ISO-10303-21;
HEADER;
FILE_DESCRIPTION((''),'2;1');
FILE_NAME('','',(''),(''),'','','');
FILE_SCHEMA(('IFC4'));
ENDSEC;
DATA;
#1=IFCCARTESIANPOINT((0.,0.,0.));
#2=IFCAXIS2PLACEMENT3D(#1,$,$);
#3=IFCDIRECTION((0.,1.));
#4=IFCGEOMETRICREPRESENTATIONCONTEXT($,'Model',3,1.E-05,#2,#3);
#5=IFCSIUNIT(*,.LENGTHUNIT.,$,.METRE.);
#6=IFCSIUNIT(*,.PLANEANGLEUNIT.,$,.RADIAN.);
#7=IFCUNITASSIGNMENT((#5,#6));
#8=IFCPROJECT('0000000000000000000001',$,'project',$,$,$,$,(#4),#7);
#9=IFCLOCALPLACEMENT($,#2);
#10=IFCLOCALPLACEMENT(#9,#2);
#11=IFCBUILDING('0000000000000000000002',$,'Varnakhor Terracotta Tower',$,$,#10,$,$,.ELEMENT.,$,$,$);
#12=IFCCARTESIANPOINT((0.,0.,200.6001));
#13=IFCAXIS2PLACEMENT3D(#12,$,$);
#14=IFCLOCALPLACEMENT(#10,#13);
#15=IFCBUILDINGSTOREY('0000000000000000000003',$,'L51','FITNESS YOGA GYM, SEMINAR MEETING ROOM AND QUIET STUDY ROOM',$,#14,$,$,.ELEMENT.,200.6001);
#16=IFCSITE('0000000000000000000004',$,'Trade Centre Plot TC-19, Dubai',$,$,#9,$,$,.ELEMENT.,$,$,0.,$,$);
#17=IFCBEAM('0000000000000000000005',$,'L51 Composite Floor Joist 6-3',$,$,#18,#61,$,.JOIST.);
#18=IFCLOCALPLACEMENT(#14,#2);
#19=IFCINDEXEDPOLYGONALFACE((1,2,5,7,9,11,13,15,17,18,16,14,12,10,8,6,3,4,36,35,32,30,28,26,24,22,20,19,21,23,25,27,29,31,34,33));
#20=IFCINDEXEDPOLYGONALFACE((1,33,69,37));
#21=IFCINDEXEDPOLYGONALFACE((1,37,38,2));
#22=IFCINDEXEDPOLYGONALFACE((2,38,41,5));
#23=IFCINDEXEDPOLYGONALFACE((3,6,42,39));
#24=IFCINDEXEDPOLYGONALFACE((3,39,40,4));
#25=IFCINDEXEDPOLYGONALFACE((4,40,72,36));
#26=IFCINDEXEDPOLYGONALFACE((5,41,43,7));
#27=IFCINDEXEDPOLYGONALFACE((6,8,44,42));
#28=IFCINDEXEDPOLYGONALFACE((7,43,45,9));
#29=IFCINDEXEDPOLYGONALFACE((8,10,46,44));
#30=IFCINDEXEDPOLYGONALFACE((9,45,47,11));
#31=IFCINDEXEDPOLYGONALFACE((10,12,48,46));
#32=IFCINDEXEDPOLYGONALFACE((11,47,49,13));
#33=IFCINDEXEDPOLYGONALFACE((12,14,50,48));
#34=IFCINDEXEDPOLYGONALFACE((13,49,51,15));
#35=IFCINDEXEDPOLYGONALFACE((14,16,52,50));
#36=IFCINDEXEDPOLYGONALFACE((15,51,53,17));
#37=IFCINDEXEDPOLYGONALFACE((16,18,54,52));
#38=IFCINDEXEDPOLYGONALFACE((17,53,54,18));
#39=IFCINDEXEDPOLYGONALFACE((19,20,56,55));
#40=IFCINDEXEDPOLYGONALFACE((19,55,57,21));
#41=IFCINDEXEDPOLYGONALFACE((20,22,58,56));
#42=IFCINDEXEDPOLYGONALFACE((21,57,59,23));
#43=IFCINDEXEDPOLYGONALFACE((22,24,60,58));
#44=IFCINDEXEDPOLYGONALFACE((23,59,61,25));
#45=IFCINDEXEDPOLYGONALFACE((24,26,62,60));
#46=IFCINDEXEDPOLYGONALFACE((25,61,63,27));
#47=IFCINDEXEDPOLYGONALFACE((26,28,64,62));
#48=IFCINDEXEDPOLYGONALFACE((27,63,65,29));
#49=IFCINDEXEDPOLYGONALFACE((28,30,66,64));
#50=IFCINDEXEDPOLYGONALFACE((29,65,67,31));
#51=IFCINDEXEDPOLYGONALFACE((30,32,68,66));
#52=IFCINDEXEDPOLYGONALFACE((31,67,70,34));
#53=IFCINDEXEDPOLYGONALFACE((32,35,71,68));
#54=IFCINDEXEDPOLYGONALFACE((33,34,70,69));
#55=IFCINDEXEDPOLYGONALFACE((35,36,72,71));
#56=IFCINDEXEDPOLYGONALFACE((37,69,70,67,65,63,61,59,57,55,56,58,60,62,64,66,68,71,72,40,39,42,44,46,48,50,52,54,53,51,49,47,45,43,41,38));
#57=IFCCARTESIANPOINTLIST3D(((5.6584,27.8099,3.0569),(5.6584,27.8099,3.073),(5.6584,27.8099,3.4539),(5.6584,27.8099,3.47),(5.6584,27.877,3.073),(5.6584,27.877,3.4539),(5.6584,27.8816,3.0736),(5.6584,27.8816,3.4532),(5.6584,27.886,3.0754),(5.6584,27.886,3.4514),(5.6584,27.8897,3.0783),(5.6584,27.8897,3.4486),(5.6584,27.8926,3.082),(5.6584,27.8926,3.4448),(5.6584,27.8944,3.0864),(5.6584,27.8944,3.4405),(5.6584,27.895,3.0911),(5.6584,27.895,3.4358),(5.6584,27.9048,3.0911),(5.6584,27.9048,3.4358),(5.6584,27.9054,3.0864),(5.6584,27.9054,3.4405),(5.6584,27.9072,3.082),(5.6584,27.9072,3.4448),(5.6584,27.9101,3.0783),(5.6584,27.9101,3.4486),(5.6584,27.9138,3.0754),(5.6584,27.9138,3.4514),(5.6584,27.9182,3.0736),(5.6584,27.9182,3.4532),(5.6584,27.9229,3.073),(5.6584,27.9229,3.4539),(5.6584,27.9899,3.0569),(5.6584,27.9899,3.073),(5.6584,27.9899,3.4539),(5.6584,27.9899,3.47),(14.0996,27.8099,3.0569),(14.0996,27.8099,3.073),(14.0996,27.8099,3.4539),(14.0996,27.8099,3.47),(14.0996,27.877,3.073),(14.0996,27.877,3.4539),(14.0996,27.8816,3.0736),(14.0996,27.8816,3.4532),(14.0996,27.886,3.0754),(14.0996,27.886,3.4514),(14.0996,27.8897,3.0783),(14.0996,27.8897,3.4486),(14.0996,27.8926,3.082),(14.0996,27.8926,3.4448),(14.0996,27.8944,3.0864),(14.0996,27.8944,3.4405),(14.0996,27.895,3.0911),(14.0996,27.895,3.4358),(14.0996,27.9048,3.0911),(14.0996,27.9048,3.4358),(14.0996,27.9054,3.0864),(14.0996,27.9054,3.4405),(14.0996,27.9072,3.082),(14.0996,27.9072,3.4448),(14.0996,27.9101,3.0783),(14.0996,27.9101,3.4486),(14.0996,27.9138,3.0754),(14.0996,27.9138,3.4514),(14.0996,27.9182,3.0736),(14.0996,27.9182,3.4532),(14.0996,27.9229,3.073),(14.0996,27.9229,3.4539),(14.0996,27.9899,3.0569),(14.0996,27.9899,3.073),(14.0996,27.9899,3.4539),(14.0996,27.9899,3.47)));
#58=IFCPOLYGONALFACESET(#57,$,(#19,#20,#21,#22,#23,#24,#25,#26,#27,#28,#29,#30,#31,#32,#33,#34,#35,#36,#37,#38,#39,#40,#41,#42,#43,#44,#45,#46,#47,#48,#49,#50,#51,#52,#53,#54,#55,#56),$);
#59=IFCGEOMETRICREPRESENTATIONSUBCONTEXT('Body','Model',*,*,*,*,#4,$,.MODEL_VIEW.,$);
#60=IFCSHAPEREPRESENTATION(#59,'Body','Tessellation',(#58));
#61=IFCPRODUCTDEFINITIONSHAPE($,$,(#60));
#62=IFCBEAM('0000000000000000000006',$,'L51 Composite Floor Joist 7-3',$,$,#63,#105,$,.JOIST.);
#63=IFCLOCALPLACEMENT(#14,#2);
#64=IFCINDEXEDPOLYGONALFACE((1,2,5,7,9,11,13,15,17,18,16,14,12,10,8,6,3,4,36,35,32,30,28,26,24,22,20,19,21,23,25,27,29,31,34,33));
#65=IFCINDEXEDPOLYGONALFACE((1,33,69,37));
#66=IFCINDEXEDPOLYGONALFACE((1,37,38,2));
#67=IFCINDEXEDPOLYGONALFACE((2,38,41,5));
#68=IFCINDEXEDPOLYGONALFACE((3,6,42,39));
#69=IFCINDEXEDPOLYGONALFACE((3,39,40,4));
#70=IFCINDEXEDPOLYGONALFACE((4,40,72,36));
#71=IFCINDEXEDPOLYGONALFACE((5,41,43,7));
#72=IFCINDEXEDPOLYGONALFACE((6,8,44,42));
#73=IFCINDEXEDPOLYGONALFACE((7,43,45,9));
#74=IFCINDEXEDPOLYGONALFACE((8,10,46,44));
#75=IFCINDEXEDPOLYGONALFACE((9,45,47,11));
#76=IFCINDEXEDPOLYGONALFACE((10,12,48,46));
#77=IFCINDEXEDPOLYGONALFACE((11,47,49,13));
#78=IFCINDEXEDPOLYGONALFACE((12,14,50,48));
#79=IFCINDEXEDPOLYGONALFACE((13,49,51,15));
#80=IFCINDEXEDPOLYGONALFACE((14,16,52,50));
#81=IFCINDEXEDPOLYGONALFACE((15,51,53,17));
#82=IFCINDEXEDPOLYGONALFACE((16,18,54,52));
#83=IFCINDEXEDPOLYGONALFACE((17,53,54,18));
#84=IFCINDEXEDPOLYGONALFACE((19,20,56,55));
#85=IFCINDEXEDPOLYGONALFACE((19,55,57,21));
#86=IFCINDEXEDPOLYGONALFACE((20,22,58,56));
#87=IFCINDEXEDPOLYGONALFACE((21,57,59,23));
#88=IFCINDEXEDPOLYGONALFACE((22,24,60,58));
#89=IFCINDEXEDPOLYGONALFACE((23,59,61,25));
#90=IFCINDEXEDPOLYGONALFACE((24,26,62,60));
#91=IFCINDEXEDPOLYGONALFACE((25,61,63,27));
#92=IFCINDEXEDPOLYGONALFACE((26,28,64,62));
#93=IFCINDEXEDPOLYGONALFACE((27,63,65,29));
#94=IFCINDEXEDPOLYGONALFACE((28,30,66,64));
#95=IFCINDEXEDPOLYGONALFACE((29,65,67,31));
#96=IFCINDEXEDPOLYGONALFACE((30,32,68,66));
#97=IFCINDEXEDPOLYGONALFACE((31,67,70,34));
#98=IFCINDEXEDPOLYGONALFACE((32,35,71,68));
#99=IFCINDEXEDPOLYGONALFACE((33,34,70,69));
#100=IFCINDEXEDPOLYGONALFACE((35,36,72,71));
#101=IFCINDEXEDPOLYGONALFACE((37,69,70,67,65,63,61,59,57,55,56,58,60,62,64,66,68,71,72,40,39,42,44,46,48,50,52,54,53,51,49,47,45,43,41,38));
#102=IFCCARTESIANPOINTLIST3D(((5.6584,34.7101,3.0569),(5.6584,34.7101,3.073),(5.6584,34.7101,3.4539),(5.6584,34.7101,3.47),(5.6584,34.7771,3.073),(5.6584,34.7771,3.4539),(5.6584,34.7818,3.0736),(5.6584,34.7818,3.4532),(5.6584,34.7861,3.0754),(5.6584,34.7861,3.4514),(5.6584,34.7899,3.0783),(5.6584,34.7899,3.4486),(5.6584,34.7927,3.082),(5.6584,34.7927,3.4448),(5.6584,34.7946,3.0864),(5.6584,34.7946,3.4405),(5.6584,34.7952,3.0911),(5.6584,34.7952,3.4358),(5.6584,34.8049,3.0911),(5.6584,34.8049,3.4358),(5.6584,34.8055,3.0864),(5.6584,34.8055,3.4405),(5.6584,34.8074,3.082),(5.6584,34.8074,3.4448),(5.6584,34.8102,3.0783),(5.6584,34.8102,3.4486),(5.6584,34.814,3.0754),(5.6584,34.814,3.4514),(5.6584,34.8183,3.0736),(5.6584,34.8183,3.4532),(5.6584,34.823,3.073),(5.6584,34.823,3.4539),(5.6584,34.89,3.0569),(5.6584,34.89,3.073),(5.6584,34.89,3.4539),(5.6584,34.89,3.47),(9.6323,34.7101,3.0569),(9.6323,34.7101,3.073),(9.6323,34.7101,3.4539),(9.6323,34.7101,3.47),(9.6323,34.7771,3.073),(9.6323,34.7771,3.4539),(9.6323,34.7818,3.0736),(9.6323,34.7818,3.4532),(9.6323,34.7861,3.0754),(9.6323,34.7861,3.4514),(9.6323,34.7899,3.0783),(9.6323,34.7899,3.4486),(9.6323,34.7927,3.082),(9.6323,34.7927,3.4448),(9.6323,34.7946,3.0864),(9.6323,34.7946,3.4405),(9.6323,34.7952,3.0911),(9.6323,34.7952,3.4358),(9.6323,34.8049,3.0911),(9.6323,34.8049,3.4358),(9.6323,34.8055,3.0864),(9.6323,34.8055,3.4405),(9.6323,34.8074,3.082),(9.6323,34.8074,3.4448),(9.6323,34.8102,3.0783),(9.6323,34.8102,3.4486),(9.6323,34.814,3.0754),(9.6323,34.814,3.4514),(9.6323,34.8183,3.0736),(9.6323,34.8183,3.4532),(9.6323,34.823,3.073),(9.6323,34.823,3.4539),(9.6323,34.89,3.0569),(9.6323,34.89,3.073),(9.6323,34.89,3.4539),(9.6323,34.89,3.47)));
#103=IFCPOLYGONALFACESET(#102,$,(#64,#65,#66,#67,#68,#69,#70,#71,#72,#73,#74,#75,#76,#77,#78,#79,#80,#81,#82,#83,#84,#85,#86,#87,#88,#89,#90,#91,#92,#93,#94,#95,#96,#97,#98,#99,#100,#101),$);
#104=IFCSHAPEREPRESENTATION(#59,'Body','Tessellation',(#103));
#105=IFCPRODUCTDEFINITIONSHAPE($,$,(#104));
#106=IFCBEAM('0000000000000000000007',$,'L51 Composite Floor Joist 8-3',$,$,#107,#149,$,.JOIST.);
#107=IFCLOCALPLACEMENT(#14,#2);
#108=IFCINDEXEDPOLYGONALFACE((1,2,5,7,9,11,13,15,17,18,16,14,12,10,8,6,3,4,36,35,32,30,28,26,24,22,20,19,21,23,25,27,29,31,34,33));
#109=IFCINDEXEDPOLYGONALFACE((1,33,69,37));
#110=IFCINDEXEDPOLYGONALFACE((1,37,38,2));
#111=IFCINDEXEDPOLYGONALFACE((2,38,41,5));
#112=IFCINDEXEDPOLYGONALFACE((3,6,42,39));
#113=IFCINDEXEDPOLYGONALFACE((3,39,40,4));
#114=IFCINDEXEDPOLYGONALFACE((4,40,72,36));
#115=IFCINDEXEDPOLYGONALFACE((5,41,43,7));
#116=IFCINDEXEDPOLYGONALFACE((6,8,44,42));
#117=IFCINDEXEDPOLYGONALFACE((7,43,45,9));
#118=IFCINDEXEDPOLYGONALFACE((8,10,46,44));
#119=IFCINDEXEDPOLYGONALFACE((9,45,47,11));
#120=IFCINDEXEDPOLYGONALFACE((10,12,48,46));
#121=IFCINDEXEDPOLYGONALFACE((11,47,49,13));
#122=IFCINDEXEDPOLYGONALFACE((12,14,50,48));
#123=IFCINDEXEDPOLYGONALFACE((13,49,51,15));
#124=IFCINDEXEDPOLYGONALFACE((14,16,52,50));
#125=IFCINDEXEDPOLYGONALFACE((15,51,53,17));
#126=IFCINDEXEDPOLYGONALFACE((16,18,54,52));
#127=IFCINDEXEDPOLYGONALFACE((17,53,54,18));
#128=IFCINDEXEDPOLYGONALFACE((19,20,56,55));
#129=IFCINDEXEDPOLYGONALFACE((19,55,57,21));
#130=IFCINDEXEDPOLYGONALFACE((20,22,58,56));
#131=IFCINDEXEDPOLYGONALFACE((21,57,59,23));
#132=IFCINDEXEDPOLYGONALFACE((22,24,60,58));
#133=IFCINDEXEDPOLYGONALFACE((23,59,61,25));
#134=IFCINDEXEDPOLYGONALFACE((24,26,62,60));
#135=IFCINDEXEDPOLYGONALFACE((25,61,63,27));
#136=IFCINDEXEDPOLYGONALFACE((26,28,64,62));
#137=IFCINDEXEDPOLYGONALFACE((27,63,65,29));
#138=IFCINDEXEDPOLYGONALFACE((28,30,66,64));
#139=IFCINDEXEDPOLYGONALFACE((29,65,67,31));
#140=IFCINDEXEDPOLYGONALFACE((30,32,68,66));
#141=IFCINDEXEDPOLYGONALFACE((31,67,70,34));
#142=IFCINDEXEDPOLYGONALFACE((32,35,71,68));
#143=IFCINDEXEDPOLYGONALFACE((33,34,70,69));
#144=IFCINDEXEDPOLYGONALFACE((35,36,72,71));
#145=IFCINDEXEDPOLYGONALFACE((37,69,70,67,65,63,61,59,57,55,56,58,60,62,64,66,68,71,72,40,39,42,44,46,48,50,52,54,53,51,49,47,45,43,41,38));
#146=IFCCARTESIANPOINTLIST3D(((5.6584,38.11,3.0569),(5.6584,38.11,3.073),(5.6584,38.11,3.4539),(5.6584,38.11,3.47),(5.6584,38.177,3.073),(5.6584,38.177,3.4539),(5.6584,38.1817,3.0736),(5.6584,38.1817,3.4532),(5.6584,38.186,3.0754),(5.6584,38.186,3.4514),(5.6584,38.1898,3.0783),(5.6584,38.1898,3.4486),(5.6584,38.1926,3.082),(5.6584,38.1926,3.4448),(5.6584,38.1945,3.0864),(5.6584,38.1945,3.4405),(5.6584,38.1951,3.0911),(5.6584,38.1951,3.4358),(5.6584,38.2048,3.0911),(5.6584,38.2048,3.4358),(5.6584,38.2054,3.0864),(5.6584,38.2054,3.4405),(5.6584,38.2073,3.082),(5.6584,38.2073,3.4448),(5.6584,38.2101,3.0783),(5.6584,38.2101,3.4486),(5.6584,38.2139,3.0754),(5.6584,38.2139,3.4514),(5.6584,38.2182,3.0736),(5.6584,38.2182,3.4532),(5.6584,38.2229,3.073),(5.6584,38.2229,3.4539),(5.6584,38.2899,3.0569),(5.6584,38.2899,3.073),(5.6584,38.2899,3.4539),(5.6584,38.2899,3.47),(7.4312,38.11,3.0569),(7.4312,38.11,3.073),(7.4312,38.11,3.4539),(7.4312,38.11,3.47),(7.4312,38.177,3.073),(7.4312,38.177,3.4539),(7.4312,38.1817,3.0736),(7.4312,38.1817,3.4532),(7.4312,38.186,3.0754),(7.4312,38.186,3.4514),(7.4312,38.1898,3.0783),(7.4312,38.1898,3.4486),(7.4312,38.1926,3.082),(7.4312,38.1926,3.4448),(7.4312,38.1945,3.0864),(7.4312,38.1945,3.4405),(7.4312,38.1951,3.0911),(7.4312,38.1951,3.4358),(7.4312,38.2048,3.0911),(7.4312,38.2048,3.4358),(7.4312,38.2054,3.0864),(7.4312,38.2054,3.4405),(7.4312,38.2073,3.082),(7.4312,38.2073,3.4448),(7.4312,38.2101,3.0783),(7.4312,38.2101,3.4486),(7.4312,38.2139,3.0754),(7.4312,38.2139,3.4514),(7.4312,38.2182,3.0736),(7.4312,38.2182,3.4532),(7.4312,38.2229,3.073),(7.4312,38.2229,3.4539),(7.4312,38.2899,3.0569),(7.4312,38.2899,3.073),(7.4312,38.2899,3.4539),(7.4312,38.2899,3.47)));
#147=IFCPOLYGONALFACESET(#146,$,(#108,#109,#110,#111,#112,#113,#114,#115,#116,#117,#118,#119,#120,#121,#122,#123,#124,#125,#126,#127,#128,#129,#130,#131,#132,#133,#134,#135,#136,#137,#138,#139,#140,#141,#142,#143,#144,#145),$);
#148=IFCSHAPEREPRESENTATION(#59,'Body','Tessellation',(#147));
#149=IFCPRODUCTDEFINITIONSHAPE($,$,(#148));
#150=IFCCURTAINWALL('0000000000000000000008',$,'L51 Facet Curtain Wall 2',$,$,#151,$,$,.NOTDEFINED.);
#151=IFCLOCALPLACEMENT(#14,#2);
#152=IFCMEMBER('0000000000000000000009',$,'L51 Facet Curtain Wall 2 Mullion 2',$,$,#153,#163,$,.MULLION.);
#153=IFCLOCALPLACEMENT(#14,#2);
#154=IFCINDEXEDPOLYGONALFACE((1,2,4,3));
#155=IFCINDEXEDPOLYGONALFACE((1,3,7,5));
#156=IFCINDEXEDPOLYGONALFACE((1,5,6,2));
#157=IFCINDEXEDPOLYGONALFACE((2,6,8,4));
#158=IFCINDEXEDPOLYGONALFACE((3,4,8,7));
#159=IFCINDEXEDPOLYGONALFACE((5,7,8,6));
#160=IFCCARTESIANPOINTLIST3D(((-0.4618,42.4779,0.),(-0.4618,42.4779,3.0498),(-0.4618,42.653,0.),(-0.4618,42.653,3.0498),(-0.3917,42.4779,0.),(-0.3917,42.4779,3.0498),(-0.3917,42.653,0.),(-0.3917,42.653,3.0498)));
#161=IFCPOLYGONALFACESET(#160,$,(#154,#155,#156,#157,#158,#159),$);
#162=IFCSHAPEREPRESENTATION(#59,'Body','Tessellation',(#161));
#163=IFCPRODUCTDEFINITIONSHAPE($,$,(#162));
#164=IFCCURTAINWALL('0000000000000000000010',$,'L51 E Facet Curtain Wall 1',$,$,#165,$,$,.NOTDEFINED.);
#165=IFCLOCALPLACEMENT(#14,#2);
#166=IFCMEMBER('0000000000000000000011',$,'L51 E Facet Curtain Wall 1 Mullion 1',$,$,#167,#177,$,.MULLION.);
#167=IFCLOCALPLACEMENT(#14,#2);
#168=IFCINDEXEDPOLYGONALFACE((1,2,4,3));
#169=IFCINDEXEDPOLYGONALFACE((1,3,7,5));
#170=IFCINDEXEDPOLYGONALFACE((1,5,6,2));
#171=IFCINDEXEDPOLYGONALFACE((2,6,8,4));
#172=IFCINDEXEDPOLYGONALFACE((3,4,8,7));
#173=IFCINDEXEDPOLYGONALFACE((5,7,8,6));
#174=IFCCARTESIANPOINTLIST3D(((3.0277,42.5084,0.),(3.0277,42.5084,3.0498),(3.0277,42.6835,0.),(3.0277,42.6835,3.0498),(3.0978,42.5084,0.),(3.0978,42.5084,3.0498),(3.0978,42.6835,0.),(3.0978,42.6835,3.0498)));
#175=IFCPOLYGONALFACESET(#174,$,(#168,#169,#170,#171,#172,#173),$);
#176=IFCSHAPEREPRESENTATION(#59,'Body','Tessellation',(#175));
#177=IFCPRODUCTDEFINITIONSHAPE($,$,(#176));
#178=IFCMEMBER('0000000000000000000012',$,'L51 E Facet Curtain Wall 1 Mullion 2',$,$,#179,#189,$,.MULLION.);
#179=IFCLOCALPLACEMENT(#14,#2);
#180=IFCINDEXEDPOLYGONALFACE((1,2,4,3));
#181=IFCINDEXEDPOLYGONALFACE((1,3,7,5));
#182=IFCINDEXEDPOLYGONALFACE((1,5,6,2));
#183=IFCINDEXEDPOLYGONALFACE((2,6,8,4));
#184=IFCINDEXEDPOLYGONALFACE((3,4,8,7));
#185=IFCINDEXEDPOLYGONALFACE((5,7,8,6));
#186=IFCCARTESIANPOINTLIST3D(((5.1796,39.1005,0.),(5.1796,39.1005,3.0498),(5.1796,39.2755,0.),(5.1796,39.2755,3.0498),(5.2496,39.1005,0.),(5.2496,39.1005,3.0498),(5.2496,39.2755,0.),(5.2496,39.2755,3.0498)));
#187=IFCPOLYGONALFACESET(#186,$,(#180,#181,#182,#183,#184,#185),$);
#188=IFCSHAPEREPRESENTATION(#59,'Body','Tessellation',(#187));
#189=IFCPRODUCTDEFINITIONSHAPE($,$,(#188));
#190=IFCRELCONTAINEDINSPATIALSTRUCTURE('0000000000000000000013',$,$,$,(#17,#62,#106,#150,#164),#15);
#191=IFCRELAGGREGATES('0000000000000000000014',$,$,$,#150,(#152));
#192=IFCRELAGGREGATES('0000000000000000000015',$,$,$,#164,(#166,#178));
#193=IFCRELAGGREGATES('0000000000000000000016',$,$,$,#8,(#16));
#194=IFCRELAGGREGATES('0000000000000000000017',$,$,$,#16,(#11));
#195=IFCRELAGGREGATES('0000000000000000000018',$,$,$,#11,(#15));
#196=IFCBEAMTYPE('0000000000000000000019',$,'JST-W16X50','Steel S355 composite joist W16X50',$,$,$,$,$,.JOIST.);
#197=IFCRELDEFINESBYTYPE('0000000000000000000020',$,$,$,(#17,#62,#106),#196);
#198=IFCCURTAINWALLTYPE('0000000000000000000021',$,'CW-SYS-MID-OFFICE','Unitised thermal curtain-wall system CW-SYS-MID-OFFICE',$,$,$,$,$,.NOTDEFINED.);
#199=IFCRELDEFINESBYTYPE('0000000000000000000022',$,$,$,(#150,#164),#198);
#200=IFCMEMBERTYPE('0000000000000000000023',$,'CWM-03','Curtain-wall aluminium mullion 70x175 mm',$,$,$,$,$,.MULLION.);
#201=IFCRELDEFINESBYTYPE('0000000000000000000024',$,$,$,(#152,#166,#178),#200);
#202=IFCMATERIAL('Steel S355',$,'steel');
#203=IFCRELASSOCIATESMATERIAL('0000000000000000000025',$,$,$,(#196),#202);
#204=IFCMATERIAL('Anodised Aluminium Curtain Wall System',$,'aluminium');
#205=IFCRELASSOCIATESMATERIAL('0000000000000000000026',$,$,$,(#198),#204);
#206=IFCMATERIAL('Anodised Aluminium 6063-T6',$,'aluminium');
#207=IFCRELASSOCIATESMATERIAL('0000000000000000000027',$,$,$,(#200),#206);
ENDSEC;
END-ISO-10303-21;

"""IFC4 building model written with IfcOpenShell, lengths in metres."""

from ifc_helpers import new_model, si_unit, direction, frame, origin, origin_2d, place, context, subcontext, project, spatial, rectangle, i_section, extrude, source, transform, mapped, material, material_profile, profile_set, type_object, type_shapes, element, aggregate, save


model = new_model("IFC4")

# Units and contexts
model_context = context("Model", 3, precision=1e-05, world=origin(), true_north=direction((0.0, 1.0)))
body_context = subcontext(model_context, "Body", "Model", "MODEL_VIEW")
ifc_project = project(units=[si_unit("LENGTHUNIT", "METRE"), si_unit("PLANEANGLEUNIT", "RADIAN")], contexts=[model_context])

# Site, building, storey
site_placement = place(None, origin())
site = spatial("IfcSite", under=ifc_project, at=site_placement, Name="Trade Centre Plot TC-19, Dubai", CompositionType="ELEMENT", RefElevation=0.0)
building_placement = place(site_placement, origin())
building = spatial("IfcBuilding", under=site, at=building_placement, Name="Varnakhor Terracotta Tower", CompositionType="ELEMENT")
storey_placement = place(building_placement, frame((0.0, 0.0, 200.6001)))
storey = spatial("IfcBuildingStorey", under=building, at=storey_placement, Name="L51", Description="FITNESS YOGA GYM, SEMINAR MEETING ROOM AND QUIET STUDY ROOM", CompositionType="ELEMENT", Elevation=200.6001)

# Beams
ifc_material_1 = material(Name="Steel S355", Category="steel")
ifc_material_profile_1 = material_profile(ifc_material_1, i_section(OverallWidth=0.1799, OverallDepth=0.4131, WebThickness=0.0098, FlangeThickness=0.0161, FilletRadius=0.0181, at=origin_2d()), Name="W16X50")
ifc_profile_set_1 = profile_set([ifc_material_profile_1], Name="Steel S355")
beam_type_1 = type_object("IfcBeamType", Name="JST-W16X50", Description="Steel S355 composite joist W16X50", PredefinedType="JOIST", material=ifc_profile_set_1)
shared_shape_1 = source(origin(), body_context, "Body", "SweptSolid", [
    extrude(i_section(OverallWidth=0.1799, OverallDepth=0.4131, WebThickness=0.0098, FlangeThickness=0.0161, FilletRadius=0.0181, at=origin_2d()), origin(), (0.0, 0.0, 1.0), 8.4412),
])
beam_1_placement = place(storey_placement, frame((5.6584, 27.8999, 3.2634), z_axis=(1.0, 0.0, 0.0), x_axis=(0.0, 1.0, 0.0)))
element("IfcBeam", 1, at=beam_1_placement, inside=storey, type_object=beam_type_1, Name="L51 Composite Floor Joist 6-3", PredefinedType="JOIST", context=body_context, shape_type="MappedRepresentation", body=[
    mapped(shared_shape_1, transform((0.0, 0.0, 0.0), scale=1.0)),
])
shared_shape_2 = source(origin(), body_context, "Body", "SweptSolid", [
    extrude(i_section(OverallWidth=0.1799, OverallDepth=0.4131, WebThickness=0.0098, FlangeThickness=0.0161, FilletRadius=0.0181, at=origin_2d()), origin(), (0.0, 0.0, 1.0), 3.9739),
])
beam_2_placement = place(storey_placement, frame((5.6584, 34.8, 3.2634), z_axis=(1.0, 0.0, 0.0), x_axis=(0.0, 1.0, 0.0)))
element("IfcBeam", 2, at=beam_2_placement, inside=storey, type_object=beam_type_1, Name="L51 Composite Floor Joist 7-3", PredefinedType="JOIST", context=body_context, shape_type="MappedRepresentation", body=[
    mapped(shared_shape_2, transform((0.0, 0.0, 0.0), scale=1.0)),
])
shared_shape_3 = source(origin(), body_context, "Body", "SweptSolid", [
    extrude(i_section(OverallWidth=0.1799, OverallDepth=0.4131, WebThickness=0.0098, FlangeThickness=0.0161, FilletRadius=0.0181, at=origin_2d()), origin(), (0.0, 0.0, 1.0), 1.7727),
])
beam_3_placement = place(storey_placement, frame((5.6584, 38.2, 3.2634), z_axis=(1.0, 0.0, 0.0), x_axis=(0.0, 1.0, 0.0)))
element("IfcBeam", 3, at=beam_3_placement, inside=storey, type_object=beam_type_1, Name="L51 Composite Floor Joist 8-3", PredefinedType="JOIST", context=body_context, shape_type="MappedRepresentation", body=[
    mapped(shared_shape_3, transform((0.0, 0.0, 0.0), scale=1.0)),
])

# Curtain wall, member
ifc_material_2 = material(Name="Anodised Aluminium Curtain Wall System", Category="aluminium")
curtain_wall_type = type_object("IfcCurtainWallType", Name="CW-SYS-MID-OFFICE", Description="Unitised thermal curtain-wall system CW-SYS-MID-OFFICE", PredefinedType="NOTDEFINED", material=ifc_material_2)
curtain_wall_1_placement = place(storey_placement, origin())
curtain_wall_1 = element("IfcCurtainWall", 4, at=curtain_wall_1_placement, inside=storey, type_object=curtain_wall_type, Name="L51 Facet Curtain Wall 2", PredefinedType="NOTDEFINED")
ifc_material_3 = material(Name="Anodised Aluminium 6063-T6", Category="aluminium")
ifc_material_profile_2 = material_profile(ifc_material_3, rectangle(XDim=0.0701, YDim=0.175, at=origin_2d()), Name="ALU MULLION 70x175")
ifc_profile_set_2 = profile_set([ifc_material_profile_2], Name="Anodised Aluminium 6063-T6")
member_type_1 = type_object("IfcMemberType", Name="CWM-03", Description="Curtain-wall aluminium mullion 70x175 mm", PredefinedType="MULLION", material=ifc_profile_set_2)
shared_shape_4 = source(origin(), body_context, "Body", "SweptSolid", [
    extrude(rectangle(XDim=0.0701, YDim=0.175, at=origin_2d()), origin(), (0.0, 0.0, 1.0), 3.0498),
])
type_shapes(member_type_1, [shared_shape_4])
member_1_placement = place(storey_placement, frame((-0.4268, 42.5654, 0.0), z_axis=(0.0, 0.0, 1.0), x_axis=(1.0, 0.0, 0.0)))
member_1 = element("IfcMember", 5, at=member_1_placement, type_object=member_type_1, Name="L51 Facet Curtain Wall 2 Mullion 2", PredefinedType="MULLION", context=body_context, shape_type="MappedRepresentation", body=[
    mapped(shared_shape_4, transform((0.0, 0.0, 0.0), scale=1.0)),
])

# Curtain wall, members
curtain_wall_2_placement = place(storey_placement, origin())
curtain_wall_2 = element("IfcCurtainWall", 6, at=curtain_wall_2_placement, inside=storey, type_object=curtain_wall_type, Name="L51 E Facet Curtain Wall 1", PredefinedType="NOTDEFINED")
member_2_placement = place(storey_placement, frame((3.0627, 42.5959, 0.0), z_axis=(0.0, 0.0, 1.0), x_axis=(1.0, 0.0, 0.0)))
member_2 = element("IfcMember", 7, at=member_2_placement, type_object=member_type_1, Name="L51 E Facet Curtain Wall 1 Mullion 1", PredefinedType="MULLION", context=body_context, shape_type="MappedRepresentation", body=[
    mapped(shared_shape_4, transform((0.0, 0.0, 0.0), scale=1.0)),
])
member_3_placement = place(storey_placement, frame((5.2146, 39.188, 0.0), z_axis=(0.0, 0.0, 1.0), x_axis=(1.0, 0.0, 0.0)))
member_3 = element("IfcMember", 8, at=member_3_placement, type_object=member_type_1, Name="L51 E Facet Curtain Wall 1 Mullion 2", PredefinedType="MULLION", context=body_context, shape_type="MappedRepresentation", body=[
    mapped(shared_shape_4, transform((0.0, 0.0, 0.0), scale=1.0)),
])

aggregate(curtain_wall_1, [member_1])
aggregate(curtain_wall_2, [member_2, member_3])

save(model, "model.ifc")
